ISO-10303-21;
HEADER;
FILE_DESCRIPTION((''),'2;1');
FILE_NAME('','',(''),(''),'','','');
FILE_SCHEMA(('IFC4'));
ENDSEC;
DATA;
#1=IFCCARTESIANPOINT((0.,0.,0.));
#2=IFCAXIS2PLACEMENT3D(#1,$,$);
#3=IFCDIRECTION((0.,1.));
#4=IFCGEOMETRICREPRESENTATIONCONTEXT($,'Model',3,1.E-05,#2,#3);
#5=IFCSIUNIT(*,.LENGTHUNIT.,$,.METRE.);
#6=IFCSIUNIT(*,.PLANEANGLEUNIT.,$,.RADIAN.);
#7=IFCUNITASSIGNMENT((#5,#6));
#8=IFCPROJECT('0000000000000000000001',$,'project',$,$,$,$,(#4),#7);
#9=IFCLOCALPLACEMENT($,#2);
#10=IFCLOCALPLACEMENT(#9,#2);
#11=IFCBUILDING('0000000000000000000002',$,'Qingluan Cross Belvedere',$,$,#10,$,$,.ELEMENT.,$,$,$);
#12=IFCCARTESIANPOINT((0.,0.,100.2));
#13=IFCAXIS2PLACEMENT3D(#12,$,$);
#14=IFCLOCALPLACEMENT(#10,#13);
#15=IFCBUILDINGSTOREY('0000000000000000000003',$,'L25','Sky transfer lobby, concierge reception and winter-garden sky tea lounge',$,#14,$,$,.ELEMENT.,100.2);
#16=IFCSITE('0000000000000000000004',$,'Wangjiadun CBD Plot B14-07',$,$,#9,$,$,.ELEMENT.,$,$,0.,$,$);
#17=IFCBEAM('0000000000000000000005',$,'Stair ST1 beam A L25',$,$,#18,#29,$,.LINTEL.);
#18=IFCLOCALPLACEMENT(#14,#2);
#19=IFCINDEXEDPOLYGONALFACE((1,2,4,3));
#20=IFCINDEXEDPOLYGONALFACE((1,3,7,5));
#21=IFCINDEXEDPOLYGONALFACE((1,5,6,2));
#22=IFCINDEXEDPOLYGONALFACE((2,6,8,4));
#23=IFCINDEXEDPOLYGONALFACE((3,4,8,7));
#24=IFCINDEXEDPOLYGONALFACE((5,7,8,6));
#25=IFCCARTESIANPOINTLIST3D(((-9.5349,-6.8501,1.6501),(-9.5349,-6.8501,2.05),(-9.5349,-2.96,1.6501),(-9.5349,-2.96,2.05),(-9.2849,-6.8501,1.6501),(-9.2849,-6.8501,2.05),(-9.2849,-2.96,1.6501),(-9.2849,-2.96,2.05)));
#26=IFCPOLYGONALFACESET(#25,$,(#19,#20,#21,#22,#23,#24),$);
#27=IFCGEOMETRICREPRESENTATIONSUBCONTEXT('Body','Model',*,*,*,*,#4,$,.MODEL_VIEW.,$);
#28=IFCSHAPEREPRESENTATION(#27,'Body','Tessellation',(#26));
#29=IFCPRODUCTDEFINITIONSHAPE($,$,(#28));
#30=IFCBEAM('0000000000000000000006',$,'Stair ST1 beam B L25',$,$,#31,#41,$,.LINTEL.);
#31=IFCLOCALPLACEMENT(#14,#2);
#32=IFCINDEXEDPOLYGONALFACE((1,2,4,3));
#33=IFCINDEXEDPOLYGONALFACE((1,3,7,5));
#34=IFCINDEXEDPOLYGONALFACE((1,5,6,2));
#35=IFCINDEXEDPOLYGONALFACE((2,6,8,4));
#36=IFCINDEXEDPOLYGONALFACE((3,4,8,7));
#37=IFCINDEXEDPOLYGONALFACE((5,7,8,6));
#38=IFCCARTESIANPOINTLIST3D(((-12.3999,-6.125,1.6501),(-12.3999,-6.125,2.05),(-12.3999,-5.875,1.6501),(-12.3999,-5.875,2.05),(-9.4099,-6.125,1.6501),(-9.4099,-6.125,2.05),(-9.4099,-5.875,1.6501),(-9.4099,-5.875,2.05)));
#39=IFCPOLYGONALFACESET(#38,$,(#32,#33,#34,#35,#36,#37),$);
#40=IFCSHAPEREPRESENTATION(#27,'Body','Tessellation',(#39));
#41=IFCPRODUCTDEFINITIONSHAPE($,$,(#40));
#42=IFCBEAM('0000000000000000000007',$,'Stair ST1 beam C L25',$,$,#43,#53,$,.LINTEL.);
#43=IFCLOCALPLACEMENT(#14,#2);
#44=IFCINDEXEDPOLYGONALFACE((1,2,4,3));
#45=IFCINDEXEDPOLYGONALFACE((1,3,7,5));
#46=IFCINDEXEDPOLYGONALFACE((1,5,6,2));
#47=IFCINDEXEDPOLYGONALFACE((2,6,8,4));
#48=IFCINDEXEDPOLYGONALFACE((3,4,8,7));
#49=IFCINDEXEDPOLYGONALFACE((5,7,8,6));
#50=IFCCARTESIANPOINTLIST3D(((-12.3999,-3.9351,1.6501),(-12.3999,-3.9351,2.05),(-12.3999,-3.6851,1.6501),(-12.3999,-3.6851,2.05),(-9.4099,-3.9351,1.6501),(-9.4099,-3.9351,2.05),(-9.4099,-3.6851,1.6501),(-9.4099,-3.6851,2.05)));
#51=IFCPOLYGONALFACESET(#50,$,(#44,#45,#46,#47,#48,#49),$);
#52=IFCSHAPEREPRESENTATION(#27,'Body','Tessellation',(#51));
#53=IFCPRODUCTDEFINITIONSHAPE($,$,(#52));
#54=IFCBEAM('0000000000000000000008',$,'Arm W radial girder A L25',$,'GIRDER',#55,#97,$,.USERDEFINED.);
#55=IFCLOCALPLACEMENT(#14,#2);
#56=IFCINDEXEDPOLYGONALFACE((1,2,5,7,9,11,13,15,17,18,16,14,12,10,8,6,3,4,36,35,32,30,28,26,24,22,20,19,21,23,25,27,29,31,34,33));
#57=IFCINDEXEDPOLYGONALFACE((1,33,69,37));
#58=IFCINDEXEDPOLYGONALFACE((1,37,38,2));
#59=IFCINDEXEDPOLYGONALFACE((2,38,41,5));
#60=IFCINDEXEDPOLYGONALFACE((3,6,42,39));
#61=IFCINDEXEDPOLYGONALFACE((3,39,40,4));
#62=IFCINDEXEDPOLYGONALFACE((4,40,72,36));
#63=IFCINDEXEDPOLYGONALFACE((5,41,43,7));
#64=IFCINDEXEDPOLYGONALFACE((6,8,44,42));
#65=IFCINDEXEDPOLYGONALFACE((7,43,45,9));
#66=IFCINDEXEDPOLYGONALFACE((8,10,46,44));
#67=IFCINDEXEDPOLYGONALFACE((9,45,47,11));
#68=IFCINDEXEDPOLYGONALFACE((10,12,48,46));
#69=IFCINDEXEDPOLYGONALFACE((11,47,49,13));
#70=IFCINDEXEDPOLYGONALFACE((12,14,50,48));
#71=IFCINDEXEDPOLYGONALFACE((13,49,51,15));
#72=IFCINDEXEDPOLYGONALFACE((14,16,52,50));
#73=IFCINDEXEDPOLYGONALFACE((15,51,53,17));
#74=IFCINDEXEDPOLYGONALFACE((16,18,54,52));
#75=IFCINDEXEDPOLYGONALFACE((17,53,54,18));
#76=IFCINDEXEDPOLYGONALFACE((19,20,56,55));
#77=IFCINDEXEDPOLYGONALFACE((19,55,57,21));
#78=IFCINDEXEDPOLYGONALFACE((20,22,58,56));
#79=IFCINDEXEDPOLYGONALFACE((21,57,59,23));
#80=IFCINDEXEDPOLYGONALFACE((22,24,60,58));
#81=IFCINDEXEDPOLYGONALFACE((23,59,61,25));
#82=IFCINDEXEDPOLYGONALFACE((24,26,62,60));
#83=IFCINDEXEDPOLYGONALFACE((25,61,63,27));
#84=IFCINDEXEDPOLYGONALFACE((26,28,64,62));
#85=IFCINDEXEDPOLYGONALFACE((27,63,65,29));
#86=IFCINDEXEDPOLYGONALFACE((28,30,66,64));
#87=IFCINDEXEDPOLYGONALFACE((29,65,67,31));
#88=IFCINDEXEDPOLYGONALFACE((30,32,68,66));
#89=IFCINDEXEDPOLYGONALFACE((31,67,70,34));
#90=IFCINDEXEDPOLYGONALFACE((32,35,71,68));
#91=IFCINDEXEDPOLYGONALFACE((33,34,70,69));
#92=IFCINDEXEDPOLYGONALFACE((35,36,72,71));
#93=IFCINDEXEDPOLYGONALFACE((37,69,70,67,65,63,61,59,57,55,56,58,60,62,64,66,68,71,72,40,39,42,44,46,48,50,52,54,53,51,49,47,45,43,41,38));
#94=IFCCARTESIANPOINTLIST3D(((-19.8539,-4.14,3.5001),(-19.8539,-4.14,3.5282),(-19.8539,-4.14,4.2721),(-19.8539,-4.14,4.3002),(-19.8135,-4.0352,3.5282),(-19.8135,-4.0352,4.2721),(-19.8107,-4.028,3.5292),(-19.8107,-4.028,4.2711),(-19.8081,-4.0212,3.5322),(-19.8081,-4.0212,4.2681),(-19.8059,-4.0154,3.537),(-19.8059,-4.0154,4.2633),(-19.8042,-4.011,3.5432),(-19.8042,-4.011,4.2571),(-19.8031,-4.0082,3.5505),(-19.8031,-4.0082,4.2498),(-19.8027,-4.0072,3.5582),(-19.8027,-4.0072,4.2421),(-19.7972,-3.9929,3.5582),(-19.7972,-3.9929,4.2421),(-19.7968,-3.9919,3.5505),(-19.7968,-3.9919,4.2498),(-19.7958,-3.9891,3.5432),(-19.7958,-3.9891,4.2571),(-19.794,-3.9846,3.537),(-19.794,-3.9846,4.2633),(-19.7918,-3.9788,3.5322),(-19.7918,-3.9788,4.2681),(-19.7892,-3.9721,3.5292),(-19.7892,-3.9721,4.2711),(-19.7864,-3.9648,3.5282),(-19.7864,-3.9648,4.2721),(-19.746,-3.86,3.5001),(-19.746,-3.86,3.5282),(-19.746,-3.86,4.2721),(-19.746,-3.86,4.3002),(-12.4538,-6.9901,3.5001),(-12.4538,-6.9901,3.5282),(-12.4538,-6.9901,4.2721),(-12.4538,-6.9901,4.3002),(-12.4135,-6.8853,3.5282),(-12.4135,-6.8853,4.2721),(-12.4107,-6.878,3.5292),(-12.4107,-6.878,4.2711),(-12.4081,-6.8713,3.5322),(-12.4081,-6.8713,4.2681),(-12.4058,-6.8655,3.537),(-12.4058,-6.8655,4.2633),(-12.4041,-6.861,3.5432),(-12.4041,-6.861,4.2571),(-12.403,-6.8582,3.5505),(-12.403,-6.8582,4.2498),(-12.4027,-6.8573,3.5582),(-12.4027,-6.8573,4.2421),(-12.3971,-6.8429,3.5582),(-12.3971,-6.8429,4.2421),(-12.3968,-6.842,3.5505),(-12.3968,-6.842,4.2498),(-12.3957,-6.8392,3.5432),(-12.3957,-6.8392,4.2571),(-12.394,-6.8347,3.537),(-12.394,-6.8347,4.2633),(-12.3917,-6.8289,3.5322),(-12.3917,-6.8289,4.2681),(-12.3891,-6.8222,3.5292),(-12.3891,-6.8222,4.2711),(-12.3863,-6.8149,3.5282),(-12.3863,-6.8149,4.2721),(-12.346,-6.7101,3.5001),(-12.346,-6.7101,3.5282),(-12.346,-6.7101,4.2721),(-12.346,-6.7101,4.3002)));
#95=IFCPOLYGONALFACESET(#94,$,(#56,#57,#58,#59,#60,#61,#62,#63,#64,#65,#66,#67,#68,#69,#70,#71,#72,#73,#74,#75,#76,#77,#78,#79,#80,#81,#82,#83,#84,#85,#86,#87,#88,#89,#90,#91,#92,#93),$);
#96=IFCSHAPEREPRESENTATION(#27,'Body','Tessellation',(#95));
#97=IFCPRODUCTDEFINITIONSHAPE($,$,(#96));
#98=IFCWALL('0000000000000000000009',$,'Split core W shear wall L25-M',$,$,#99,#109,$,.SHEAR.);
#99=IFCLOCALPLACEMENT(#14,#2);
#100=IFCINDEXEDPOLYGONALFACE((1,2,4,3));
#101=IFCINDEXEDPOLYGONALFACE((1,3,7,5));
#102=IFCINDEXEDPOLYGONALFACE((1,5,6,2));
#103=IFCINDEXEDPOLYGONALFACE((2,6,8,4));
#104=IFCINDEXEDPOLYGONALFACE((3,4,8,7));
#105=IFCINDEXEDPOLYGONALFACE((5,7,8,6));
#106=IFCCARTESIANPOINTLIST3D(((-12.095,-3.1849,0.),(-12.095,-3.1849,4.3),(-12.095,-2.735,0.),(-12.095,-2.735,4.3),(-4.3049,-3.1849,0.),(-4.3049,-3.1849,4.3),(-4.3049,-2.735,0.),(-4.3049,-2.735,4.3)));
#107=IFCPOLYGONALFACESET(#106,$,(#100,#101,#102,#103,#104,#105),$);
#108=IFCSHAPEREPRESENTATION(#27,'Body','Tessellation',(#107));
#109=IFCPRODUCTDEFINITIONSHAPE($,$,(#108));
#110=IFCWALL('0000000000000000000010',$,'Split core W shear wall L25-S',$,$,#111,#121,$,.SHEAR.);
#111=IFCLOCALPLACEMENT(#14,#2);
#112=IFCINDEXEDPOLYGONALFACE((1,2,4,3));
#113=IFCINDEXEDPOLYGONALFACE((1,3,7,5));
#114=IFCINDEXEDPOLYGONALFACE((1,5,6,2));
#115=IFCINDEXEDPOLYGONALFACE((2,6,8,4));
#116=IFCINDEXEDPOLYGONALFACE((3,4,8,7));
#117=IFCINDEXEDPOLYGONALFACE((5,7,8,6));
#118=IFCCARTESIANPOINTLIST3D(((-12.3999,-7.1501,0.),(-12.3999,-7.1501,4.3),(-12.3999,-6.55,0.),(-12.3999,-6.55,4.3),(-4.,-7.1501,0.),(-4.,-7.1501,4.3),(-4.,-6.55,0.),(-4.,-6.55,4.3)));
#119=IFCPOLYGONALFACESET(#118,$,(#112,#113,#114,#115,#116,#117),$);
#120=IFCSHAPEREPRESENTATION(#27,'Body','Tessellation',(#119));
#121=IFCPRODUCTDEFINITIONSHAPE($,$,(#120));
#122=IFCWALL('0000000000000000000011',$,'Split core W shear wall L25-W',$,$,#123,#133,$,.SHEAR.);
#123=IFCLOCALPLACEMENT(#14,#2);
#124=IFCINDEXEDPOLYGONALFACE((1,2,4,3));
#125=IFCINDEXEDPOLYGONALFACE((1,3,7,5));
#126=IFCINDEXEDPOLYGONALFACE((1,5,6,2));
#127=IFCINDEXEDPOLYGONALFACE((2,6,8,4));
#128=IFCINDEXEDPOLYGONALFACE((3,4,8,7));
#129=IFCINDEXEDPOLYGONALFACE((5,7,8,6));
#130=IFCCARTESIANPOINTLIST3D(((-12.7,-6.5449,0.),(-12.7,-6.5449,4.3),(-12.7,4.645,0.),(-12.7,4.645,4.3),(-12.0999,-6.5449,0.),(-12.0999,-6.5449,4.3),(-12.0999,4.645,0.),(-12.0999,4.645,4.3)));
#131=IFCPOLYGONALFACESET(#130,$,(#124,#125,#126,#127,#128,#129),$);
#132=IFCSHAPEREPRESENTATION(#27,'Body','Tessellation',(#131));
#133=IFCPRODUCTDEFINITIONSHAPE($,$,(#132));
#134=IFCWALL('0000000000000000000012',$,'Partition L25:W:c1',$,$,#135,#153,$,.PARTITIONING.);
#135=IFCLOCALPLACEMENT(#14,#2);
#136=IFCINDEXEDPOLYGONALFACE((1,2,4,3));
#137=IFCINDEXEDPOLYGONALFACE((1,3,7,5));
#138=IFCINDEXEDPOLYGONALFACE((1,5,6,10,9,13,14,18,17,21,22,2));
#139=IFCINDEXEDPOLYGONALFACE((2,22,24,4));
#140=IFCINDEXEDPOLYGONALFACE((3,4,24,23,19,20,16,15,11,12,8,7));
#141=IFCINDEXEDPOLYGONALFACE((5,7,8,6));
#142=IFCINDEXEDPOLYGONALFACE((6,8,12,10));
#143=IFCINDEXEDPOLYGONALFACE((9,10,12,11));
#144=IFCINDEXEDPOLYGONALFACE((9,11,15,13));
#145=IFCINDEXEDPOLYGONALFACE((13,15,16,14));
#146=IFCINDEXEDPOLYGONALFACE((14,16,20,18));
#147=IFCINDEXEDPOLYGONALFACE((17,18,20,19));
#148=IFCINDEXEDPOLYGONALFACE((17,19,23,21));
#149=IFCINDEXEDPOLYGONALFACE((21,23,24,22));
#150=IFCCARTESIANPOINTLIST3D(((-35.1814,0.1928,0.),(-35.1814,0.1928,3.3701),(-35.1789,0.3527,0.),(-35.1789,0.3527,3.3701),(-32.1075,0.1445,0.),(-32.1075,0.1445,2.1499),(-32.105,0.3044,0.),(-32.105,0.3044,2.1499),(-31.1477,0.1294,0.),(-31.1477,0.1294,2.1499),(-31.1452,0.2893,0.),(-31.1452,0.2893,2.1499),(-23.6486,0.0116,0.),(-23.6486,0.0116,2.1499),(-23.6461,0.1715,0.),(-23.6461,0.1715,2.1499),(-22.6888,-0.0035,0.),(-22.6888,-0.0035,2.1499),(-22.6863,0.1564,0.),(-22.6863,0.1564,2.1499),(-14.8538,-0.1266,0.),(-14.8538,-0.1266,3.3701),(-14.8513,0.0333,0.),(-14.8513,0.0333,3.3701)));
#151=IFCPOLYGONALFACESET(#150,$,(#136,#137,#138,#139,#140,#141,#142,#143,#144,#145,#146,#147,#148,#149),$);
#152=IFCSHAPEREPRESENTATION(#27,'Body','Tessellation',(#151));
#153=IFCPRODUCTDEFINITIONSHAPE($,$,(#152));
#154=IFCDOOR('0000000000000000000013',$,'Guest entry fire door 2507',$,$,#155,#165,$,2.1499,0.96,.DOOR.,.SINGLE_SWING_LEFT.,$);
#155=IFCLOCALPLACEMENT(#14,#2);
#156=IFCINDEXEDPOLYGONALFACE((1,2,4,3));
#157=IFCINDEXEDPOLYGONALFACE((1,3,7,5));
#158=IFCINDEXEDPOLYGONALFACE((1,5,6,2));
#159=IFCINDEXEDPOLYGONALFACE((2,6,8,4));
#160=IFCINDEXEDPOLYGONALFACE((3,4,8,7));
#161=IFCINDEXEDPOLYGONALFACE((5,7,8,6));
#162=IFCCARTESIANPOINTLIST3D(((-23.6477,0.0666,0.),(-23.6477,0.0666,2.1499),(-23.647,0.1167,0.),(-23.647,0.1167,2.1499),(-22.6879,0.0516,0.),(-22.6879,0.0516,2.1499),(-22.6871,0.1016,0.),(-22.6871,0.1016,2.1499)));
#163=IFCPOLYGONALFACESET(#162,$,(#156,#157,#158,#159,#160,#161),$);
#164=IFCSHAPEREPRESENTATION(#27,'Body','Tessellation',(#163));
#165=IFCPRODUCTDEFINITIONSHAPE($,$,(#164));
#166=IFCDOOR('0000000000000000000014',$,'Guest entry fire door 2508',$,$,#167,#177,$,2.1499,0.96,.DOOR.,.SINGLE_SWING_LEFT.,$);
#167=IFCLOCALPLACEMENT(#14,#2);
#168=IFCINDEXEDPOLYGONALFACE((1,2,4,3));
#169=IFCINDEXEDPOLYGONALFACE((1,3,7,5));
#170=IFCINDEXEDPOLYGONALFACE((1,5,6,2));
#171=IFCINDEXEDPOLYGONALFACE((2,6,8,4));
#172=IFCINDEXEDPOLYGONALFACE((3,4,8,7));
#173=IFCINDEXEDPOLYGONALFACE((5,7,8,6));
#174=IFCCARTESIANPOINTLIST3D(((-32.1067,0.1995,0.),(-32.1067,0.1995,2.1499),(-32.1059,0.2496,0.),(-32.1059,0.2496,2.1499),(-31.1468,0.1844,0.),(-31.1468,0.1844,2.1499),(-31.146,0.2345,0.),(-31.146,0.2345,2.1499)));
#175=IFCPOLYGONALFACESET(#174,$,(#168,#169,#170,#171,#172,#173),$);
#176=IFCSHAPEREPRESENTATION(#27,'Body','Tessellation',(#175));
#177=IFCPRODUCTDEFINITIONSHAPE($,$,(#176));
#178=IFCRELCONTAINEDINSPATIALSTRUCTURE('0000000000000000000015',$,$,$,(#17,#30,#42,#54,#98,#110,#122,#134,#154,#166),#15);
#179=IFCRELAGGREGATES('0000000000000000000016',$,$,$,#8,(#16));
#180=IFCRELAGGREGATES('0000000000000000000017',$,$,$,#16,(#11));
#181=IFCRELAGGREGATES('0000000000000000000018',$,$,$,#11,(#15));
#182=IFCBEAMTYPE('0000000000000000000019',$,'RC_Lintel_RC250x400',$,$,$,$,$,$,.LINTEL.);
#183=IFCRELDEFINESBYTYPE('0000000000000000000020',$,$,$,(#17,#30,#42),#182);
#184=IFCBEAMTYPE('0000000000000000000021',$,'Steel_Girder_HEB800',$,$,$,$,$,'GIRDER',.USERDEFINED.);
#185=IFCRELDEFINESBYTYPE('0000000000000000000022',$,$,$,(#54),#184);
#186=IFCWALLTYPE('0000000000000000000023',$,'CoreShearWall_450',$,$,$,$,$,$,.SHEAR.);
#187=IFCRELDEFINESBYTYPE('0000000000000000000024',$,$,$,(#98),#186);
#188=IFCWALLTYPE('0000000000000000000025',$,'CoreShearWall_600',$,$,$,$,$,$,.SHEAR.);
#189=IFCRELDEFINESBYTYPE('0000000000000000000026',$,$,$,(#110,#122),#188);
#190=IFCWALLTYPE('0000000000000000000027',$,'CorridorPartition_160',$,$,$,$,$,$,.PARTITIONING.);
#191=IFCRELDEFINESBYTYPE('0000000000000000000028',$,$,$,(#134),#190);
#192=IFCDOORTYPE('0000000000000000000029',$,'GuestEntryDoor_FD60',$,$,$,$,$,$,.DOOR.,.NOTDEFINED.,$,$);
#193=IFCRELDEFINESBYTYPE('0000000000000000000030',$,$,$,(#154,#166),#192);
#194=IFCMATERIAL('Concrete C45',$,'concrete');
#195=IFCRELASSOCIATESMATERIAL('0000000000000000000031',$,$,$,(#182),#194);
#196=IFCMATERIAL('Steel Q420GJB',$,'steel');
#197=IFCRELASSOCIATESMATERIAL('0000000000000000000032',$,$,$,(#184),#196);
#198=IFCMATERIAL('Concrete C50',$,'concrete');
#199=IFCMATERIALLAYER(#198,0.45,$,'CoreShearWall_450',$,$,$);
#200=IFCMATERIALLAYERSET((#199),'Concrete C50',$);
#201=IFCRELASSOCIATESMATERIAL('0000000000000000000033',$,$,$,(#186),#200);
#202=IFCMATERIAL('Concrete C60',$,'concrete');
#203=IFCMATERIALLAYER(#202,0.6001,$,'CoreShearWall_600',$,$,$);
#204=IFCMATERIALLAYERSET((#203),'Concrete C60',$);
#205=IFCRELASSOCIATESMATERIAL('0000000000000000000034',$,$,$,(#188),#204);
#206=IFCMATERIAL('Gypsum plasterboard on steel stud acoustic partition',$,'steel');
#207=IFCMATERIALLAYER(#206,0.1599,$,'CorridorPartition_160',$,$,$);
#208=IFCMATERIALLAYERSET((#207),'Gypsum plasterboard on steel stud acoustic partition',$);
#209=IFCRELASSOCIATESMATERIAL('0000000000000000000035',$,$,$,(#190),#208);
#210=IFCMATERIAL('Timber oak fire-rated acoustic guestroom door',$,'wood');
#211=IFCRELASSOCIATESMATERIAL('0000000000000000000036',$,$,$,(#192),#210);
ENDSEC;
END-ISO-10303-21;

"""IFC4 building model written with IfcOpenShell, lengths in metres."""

from ifc_helpers import new_model, si_unit, direction, frame, frame_2d, origin, origin_2d, place, context, subcontext, project, spatial, rectangle, i_section, extrude, material, layer, layer_set, material_profile, profile_set, type_object, element, fill, save


model = new_model("IFC4")

# Units and contexts
model_context = context("Model", 3, precision=1e-05, world=origin(), true_north=direction((0.0, 1.0)))
body_context = subcontext(model_context, "Body", "Model", "MODEL_VIEW")
ifc_project = project(units=[si_unit("LENGTHUNIT", "METRE"), si_unit("PLANEANGLEUNIT", "RADIAN")], contexts=[model_context])

# Site, building, storey
site_placement = place(None, origin())
site = spatial("IfcSite", under=ifc_project, at=site_placement, Name="Wangjiadun CBD Plot B14-07", CompositionType="ELEMENT", RefElevation=0.0)
building_placement = place(site_placement, origin())
building = spatial("IfcBuilding", under=site, at=building_placement, Name="Qingluan Cross Belvedere", CompositionType="ELEMENT")
storey_placement = place(building_placement, frame((0.0, 0.0, 100.2)))
storey = spatial("IfcBuildingStorey", under=building, at=storey_placement, Name="L25", Description="Sky transfer lobby, concierge reception and winter-garden sky tea lounge", CompositionType="ELEMENT", Elevation=100.2)

# Beams
ifc_material_1 = material(Name="Concrete C45", Category="concrete")
ifc_material_profile_1 = material_profile(ifc_material_1, rectangle(XDim=0.25, YDim=0.3999, at=origin_2d()), Name="RC250x400")
ifc_profile_set_1 = profile_set([ifc_material_profile_1], Name="Concrete C45")
beam_type_1 = type_object("IfcBeamType", Name="RC_Lintel_RC250x400", PredefinedType="LINTEL", material=ifc_profile_set_1)
beam_1_placement = place(storey_placement, frame((-9.4099, -6.8501, 1.8501), z_axis=(0.0, 1.0, 0.0), x_axis=(-1.0, 0.0, 0.0)))
element("IfcBeam", 1, at=beam_1_placement, inside=storey, type_object=beam_type_1, Name="Stair ST1 beam A L25", PredefinedType="LINTEL", context=body_context, shape_type="SweptSolid", body=[
    extrude(rectangle(XDim=0.25, YDim=0.3999, at=origin_2d()), origin(), (0.0, 0.0, 1.0), 3.8901),
])
for number, where, z_axis, x_axis, name in (
    (2, (-12.3999, -6.0, 1.8501), (1.0, 0.0, 0.0), (0.0, 1.0, 0.0), "Stair ST1 beam B L25"),
    (3, (-12.3999, -3.8101, 1.8501), (1.0, 0.0, 0.0), (0.0, 1.0, 0.0), "Stair ST1 beam C L25"),
):
    element("IfcBeam", number, at=place(storey_placement, frame(where, z_axis=z_axis, x_axis=x_axis)), inside=storey, type_object=beam_type_1, Name=name, PredefinedType="LINTEL", context=body_context, shape_type="SweptSolid", body=[
        extrude(rectangle(XDim=0.25, YDim=0.3999, at=origin_2d()), origin(), (0.0, 0.0, 1.0), 2.99),
    ])
ifc_material_2 = material(Name="Steel Q420GJB", Category="steel")
ifc_material_profile_2 = material_profile(ifc_material_2, i_section(OverallWidth=0.3, OverallDepth=0.8, WebThickness=0.0154, FlangeThickness=0.0281, FilletRadius=0.03, at=origin_2d()), Name="HEB800")
ifc_profile_set_2 = profile_set([ifc_material_profile_2], Name="Steel Q420GJB")
beam_type_2 = type_object("IfcBeamType", Name="Steel_Girder_HEB800", ElementType="GIRDER", PredefinedType="USERDEFINED", material=ifc_profile_set_2)
beam_2_placement = place(storey_placement, frame((-12.3999, -6.8501, 3.9001), z_axis=(-0.933181, 0.359406, 0.0), x_axis=(-0.359406, -0.933181, 0.0)))
element("IfcBeam", 4, at=beam_2_placement, inside=storey, type_object=beam_type_2, Name="Arm W radial girder A L25", ObjectType="GIRDER", PredefinedType="USERDEFINED", context=body_context, shape_type="SweptSolid", body=[
    extrude(i_section(OverallWidth=0.3, OverallDepth=0.8, WebThickness=0.0154, FlangeThickness=0.0281, FilletRadius=0.03, at=origin_2d()), origin(), (0.0, 0.0, 1.0), 7.9299),
])

# Walls
ifc_material_3 = material(Name="Concrete C50", Category="concrete")
ifc_layer_1 = layer(ifc_material_3, 0.45, Name="CoreShearWall_450")
ifc_layer_set_1 = layer_set([ifc_layer_1], Name="Concrete C50")
wall_type_1 = type_object("IfcWallType", Name="CoreShearWall_450", PredefinedType="SHEAR", material=ifc_layer_set_1)
wall_1_placement = place(storey_placement, frame((-12.095, -2.96, 0.0), z_axis=(0.0, 0.0, 1.0), x_axis=(1.0, 0.0, 0.0)))
element("IfcWall", 5, at=wall_1_placement, inside=storey, type_object=wall_type_1, Name="Split core W shear wall L25-M", PredefinedType="SHEAR", context=body_context, shape_type="SweptSolid", body=[
    extrude(rectangle(XDim=7.79, YDim=0.45, at=frame_2d((3.895, 0.0))), origin(), (0.0, 0.0, 1.0), 4.3),
])
ifc_material_4 = material(Name="Concrete C60", Category="concrete")
ifc_layer_2 = layer(ifc_material_4, 0.6001, Name="CoreShearWall_600")
ifc_layer_set_2 = layer_set([ifc_layer_2], Name="Concrete C60")
wall_type_2 = type_object("IfcWallType", Name="CoreShearWall_600", PredefinedType="SHEAR", material=ifc_layer_set_2)
wall_2_placement = place(storey_placement, frame((-12.3999, -6.8501, 0.0), z_axis=(0.0, 0.0, 1.0), x_axis=(1.0, 0.0, 0.0)))
element("IfcWall", 6, at=wall_2_placement, inside=storey, type_object=wall_type_2, Name="Split core W shear wall L25-S", PredefinedType="SHEAR", context=body_context, shape_type="SweptSolid", body=[
    extrude(rectangle(XDim=8.3999, YDim=0.6001, at=frame_2d((4.2, 0.0))), origin(), (0.0, 0.0, 1.0), 4.3),
])
wall_3_placement = place(storey_placement, frame((-12.3999, -6.5449, 0.0), z_axis=(0.0, 0.0, 1.0), x_axis=(0.0, 1.0, 0.0)))
element("IfcWall", 7, at=wall_3_placement, inside=storey, type_object=wall_type_2, Name="Split core W shear wall L25-W", PredefinedType="SHEAR", context=body_context, shape_type="SweptSolid", body=[
    extrude(rectangle(XDim=11.1899, YDim=0.6001, at=frame_2d((5.595, 0.0))), origin(), (0.0, 0.0, 1.0), 4.3),
])

# Wall, openings, doors
ifc_material_5 = material(Name="Gypsum plasterboard on steel stud acoustic partition", Category="steel")
ifc_layer_3 = layer(ifc_material_5, 0.1599, Name="CorridorPartition_160")
ifc_layer_set_3 = layer_set([ifc_layer_3], Name="Gypsum plasterboard on steel stud acoustic partition")
wall_type_3 = type_object("IfcWallType", Name="CorridorPartition_160", PredefinedType="PARTITIONING", material=ifc_layer_set_3)
wall_4_placement = place(storey_placement, frame((-14.8525, -0.0466, 0.0), z_axis=(0.0, 0.0, 1.0), x_axis=(-0.999877, 0.015708, 0.0)))
wall_4 = element("IfcWall", 8, at=wall_4_placement, inside=storey, type_object=wall_type_3, Name="Partition L25:W:c1", PredefinedType="PARTITIONING", context=body_context, shape_type="SweptSolid", body=[
    extrude(rectangle(XDim=20.3301, YDim=0.1599, at=frame_2d((10.165, 0.0))), origin(), (0.0, 0.0, 1.0), 3.3701),
])
opening_1_placement = place(wall_4_placement, frame((7.8359, 0.0, 0.0)))
opening_1 = element("IfcOpeningElement", 9, at=opening_1_placement, cuts=wall_4, PredefinedType="OPENING", context=body_context, shape_type="SweptSolid", body=[
    extrude(rectangle(XDim=0.96, YDim=2.1499, at=frame_2d((0.48, 1.075))), frame((0.0, 0.0898, 0.0), z_axis=(0.0, -1.0, 0.0), x_axis=(1.0, 0.0, 0.0)), (0.0, 0.0, 1.0), 0.1799),
])
opening_2_placement = place(wall_4_placement, frame((16.2959, 0.0, 0.0)))
opening_2 = element("IfcOpeningElement", 10, at=opening_2_placement, cuts=wall_4, PredefinedType="OPENING", context=body_context, shape_type="SweptSolid", body=[
    extrude(rectangle(XDim=0.96, YDim=2.1499, at=frame_2d((0.48, 1.075))), frame((0.0, 0.0898, 0.0), z_axis=(0.0, -1.0, 0.0), x_axis=(1.0, 0.0, 0.0)), (0.0, 0.0, 1.0), 0.1799),
])
ifc_material_6 = material(Name="Timber oak fire-rated acoustic guestroom door", Category="wood")
door_type_1 = type_object("IfcDoorType", Name="GuestEntryDoor_FD60", OperationType="NOTDEFINED", PredefinedType="DOOR", material=ifc_material_6)
door_1_placement = place(opening_1_placement, origin())
door_1 = element("IfcDoor", 11, at=door_1_placement, inside=storey, type_object=door_type_1, Name="Guest entry fire door 2507", OperationType="SINGLE_SWING_LEFT", OverallHeight=2.1499, OverallWidth=0.96, PredefinedType="DOOR", context=body_context, shape_type="SweptSolid", body=[
    extrude(rectangle(XDim=0.96, YDim=2.1499, at=frame_2d((0.48, 1.075))), frame((0.0, 0.0249, 0.0), z_axis=(0.0, -1.0, 0.0), x_axis=(1.0, 0.0, 0.0)), (0.0, 0.0, 1.0), 0.05),
])
fill(opening_1, door_1)
door_2_placement = place(opening_2_placement, origin())
door_2 = element("IfcDoor", 12, at=door_2_placement, inside=storey, type_object=door_type_1, Name="Guest entry fire door 2508", OperationType="SINGLE_SWING_LEFT", OverallHeight=2.1499, OverallWidth=0.96, PredefinedType="DOOR", context=body_context, shape_type="SweptSolid", body=[
    extrude(rectangle(XDim=0.96, YDim=2.1499, at=frame_2d((0.48, 1.075))), frame((0.0, 0.0249, 0.0), z_axis=(0.0, -1.0, 0.0), x_axis=(1.0, 0.0, 0.0)), (0.0, 0.0, 1.0), 0.05),
])
fill(opening_2, door_2)

save(model, "model.ifc")
